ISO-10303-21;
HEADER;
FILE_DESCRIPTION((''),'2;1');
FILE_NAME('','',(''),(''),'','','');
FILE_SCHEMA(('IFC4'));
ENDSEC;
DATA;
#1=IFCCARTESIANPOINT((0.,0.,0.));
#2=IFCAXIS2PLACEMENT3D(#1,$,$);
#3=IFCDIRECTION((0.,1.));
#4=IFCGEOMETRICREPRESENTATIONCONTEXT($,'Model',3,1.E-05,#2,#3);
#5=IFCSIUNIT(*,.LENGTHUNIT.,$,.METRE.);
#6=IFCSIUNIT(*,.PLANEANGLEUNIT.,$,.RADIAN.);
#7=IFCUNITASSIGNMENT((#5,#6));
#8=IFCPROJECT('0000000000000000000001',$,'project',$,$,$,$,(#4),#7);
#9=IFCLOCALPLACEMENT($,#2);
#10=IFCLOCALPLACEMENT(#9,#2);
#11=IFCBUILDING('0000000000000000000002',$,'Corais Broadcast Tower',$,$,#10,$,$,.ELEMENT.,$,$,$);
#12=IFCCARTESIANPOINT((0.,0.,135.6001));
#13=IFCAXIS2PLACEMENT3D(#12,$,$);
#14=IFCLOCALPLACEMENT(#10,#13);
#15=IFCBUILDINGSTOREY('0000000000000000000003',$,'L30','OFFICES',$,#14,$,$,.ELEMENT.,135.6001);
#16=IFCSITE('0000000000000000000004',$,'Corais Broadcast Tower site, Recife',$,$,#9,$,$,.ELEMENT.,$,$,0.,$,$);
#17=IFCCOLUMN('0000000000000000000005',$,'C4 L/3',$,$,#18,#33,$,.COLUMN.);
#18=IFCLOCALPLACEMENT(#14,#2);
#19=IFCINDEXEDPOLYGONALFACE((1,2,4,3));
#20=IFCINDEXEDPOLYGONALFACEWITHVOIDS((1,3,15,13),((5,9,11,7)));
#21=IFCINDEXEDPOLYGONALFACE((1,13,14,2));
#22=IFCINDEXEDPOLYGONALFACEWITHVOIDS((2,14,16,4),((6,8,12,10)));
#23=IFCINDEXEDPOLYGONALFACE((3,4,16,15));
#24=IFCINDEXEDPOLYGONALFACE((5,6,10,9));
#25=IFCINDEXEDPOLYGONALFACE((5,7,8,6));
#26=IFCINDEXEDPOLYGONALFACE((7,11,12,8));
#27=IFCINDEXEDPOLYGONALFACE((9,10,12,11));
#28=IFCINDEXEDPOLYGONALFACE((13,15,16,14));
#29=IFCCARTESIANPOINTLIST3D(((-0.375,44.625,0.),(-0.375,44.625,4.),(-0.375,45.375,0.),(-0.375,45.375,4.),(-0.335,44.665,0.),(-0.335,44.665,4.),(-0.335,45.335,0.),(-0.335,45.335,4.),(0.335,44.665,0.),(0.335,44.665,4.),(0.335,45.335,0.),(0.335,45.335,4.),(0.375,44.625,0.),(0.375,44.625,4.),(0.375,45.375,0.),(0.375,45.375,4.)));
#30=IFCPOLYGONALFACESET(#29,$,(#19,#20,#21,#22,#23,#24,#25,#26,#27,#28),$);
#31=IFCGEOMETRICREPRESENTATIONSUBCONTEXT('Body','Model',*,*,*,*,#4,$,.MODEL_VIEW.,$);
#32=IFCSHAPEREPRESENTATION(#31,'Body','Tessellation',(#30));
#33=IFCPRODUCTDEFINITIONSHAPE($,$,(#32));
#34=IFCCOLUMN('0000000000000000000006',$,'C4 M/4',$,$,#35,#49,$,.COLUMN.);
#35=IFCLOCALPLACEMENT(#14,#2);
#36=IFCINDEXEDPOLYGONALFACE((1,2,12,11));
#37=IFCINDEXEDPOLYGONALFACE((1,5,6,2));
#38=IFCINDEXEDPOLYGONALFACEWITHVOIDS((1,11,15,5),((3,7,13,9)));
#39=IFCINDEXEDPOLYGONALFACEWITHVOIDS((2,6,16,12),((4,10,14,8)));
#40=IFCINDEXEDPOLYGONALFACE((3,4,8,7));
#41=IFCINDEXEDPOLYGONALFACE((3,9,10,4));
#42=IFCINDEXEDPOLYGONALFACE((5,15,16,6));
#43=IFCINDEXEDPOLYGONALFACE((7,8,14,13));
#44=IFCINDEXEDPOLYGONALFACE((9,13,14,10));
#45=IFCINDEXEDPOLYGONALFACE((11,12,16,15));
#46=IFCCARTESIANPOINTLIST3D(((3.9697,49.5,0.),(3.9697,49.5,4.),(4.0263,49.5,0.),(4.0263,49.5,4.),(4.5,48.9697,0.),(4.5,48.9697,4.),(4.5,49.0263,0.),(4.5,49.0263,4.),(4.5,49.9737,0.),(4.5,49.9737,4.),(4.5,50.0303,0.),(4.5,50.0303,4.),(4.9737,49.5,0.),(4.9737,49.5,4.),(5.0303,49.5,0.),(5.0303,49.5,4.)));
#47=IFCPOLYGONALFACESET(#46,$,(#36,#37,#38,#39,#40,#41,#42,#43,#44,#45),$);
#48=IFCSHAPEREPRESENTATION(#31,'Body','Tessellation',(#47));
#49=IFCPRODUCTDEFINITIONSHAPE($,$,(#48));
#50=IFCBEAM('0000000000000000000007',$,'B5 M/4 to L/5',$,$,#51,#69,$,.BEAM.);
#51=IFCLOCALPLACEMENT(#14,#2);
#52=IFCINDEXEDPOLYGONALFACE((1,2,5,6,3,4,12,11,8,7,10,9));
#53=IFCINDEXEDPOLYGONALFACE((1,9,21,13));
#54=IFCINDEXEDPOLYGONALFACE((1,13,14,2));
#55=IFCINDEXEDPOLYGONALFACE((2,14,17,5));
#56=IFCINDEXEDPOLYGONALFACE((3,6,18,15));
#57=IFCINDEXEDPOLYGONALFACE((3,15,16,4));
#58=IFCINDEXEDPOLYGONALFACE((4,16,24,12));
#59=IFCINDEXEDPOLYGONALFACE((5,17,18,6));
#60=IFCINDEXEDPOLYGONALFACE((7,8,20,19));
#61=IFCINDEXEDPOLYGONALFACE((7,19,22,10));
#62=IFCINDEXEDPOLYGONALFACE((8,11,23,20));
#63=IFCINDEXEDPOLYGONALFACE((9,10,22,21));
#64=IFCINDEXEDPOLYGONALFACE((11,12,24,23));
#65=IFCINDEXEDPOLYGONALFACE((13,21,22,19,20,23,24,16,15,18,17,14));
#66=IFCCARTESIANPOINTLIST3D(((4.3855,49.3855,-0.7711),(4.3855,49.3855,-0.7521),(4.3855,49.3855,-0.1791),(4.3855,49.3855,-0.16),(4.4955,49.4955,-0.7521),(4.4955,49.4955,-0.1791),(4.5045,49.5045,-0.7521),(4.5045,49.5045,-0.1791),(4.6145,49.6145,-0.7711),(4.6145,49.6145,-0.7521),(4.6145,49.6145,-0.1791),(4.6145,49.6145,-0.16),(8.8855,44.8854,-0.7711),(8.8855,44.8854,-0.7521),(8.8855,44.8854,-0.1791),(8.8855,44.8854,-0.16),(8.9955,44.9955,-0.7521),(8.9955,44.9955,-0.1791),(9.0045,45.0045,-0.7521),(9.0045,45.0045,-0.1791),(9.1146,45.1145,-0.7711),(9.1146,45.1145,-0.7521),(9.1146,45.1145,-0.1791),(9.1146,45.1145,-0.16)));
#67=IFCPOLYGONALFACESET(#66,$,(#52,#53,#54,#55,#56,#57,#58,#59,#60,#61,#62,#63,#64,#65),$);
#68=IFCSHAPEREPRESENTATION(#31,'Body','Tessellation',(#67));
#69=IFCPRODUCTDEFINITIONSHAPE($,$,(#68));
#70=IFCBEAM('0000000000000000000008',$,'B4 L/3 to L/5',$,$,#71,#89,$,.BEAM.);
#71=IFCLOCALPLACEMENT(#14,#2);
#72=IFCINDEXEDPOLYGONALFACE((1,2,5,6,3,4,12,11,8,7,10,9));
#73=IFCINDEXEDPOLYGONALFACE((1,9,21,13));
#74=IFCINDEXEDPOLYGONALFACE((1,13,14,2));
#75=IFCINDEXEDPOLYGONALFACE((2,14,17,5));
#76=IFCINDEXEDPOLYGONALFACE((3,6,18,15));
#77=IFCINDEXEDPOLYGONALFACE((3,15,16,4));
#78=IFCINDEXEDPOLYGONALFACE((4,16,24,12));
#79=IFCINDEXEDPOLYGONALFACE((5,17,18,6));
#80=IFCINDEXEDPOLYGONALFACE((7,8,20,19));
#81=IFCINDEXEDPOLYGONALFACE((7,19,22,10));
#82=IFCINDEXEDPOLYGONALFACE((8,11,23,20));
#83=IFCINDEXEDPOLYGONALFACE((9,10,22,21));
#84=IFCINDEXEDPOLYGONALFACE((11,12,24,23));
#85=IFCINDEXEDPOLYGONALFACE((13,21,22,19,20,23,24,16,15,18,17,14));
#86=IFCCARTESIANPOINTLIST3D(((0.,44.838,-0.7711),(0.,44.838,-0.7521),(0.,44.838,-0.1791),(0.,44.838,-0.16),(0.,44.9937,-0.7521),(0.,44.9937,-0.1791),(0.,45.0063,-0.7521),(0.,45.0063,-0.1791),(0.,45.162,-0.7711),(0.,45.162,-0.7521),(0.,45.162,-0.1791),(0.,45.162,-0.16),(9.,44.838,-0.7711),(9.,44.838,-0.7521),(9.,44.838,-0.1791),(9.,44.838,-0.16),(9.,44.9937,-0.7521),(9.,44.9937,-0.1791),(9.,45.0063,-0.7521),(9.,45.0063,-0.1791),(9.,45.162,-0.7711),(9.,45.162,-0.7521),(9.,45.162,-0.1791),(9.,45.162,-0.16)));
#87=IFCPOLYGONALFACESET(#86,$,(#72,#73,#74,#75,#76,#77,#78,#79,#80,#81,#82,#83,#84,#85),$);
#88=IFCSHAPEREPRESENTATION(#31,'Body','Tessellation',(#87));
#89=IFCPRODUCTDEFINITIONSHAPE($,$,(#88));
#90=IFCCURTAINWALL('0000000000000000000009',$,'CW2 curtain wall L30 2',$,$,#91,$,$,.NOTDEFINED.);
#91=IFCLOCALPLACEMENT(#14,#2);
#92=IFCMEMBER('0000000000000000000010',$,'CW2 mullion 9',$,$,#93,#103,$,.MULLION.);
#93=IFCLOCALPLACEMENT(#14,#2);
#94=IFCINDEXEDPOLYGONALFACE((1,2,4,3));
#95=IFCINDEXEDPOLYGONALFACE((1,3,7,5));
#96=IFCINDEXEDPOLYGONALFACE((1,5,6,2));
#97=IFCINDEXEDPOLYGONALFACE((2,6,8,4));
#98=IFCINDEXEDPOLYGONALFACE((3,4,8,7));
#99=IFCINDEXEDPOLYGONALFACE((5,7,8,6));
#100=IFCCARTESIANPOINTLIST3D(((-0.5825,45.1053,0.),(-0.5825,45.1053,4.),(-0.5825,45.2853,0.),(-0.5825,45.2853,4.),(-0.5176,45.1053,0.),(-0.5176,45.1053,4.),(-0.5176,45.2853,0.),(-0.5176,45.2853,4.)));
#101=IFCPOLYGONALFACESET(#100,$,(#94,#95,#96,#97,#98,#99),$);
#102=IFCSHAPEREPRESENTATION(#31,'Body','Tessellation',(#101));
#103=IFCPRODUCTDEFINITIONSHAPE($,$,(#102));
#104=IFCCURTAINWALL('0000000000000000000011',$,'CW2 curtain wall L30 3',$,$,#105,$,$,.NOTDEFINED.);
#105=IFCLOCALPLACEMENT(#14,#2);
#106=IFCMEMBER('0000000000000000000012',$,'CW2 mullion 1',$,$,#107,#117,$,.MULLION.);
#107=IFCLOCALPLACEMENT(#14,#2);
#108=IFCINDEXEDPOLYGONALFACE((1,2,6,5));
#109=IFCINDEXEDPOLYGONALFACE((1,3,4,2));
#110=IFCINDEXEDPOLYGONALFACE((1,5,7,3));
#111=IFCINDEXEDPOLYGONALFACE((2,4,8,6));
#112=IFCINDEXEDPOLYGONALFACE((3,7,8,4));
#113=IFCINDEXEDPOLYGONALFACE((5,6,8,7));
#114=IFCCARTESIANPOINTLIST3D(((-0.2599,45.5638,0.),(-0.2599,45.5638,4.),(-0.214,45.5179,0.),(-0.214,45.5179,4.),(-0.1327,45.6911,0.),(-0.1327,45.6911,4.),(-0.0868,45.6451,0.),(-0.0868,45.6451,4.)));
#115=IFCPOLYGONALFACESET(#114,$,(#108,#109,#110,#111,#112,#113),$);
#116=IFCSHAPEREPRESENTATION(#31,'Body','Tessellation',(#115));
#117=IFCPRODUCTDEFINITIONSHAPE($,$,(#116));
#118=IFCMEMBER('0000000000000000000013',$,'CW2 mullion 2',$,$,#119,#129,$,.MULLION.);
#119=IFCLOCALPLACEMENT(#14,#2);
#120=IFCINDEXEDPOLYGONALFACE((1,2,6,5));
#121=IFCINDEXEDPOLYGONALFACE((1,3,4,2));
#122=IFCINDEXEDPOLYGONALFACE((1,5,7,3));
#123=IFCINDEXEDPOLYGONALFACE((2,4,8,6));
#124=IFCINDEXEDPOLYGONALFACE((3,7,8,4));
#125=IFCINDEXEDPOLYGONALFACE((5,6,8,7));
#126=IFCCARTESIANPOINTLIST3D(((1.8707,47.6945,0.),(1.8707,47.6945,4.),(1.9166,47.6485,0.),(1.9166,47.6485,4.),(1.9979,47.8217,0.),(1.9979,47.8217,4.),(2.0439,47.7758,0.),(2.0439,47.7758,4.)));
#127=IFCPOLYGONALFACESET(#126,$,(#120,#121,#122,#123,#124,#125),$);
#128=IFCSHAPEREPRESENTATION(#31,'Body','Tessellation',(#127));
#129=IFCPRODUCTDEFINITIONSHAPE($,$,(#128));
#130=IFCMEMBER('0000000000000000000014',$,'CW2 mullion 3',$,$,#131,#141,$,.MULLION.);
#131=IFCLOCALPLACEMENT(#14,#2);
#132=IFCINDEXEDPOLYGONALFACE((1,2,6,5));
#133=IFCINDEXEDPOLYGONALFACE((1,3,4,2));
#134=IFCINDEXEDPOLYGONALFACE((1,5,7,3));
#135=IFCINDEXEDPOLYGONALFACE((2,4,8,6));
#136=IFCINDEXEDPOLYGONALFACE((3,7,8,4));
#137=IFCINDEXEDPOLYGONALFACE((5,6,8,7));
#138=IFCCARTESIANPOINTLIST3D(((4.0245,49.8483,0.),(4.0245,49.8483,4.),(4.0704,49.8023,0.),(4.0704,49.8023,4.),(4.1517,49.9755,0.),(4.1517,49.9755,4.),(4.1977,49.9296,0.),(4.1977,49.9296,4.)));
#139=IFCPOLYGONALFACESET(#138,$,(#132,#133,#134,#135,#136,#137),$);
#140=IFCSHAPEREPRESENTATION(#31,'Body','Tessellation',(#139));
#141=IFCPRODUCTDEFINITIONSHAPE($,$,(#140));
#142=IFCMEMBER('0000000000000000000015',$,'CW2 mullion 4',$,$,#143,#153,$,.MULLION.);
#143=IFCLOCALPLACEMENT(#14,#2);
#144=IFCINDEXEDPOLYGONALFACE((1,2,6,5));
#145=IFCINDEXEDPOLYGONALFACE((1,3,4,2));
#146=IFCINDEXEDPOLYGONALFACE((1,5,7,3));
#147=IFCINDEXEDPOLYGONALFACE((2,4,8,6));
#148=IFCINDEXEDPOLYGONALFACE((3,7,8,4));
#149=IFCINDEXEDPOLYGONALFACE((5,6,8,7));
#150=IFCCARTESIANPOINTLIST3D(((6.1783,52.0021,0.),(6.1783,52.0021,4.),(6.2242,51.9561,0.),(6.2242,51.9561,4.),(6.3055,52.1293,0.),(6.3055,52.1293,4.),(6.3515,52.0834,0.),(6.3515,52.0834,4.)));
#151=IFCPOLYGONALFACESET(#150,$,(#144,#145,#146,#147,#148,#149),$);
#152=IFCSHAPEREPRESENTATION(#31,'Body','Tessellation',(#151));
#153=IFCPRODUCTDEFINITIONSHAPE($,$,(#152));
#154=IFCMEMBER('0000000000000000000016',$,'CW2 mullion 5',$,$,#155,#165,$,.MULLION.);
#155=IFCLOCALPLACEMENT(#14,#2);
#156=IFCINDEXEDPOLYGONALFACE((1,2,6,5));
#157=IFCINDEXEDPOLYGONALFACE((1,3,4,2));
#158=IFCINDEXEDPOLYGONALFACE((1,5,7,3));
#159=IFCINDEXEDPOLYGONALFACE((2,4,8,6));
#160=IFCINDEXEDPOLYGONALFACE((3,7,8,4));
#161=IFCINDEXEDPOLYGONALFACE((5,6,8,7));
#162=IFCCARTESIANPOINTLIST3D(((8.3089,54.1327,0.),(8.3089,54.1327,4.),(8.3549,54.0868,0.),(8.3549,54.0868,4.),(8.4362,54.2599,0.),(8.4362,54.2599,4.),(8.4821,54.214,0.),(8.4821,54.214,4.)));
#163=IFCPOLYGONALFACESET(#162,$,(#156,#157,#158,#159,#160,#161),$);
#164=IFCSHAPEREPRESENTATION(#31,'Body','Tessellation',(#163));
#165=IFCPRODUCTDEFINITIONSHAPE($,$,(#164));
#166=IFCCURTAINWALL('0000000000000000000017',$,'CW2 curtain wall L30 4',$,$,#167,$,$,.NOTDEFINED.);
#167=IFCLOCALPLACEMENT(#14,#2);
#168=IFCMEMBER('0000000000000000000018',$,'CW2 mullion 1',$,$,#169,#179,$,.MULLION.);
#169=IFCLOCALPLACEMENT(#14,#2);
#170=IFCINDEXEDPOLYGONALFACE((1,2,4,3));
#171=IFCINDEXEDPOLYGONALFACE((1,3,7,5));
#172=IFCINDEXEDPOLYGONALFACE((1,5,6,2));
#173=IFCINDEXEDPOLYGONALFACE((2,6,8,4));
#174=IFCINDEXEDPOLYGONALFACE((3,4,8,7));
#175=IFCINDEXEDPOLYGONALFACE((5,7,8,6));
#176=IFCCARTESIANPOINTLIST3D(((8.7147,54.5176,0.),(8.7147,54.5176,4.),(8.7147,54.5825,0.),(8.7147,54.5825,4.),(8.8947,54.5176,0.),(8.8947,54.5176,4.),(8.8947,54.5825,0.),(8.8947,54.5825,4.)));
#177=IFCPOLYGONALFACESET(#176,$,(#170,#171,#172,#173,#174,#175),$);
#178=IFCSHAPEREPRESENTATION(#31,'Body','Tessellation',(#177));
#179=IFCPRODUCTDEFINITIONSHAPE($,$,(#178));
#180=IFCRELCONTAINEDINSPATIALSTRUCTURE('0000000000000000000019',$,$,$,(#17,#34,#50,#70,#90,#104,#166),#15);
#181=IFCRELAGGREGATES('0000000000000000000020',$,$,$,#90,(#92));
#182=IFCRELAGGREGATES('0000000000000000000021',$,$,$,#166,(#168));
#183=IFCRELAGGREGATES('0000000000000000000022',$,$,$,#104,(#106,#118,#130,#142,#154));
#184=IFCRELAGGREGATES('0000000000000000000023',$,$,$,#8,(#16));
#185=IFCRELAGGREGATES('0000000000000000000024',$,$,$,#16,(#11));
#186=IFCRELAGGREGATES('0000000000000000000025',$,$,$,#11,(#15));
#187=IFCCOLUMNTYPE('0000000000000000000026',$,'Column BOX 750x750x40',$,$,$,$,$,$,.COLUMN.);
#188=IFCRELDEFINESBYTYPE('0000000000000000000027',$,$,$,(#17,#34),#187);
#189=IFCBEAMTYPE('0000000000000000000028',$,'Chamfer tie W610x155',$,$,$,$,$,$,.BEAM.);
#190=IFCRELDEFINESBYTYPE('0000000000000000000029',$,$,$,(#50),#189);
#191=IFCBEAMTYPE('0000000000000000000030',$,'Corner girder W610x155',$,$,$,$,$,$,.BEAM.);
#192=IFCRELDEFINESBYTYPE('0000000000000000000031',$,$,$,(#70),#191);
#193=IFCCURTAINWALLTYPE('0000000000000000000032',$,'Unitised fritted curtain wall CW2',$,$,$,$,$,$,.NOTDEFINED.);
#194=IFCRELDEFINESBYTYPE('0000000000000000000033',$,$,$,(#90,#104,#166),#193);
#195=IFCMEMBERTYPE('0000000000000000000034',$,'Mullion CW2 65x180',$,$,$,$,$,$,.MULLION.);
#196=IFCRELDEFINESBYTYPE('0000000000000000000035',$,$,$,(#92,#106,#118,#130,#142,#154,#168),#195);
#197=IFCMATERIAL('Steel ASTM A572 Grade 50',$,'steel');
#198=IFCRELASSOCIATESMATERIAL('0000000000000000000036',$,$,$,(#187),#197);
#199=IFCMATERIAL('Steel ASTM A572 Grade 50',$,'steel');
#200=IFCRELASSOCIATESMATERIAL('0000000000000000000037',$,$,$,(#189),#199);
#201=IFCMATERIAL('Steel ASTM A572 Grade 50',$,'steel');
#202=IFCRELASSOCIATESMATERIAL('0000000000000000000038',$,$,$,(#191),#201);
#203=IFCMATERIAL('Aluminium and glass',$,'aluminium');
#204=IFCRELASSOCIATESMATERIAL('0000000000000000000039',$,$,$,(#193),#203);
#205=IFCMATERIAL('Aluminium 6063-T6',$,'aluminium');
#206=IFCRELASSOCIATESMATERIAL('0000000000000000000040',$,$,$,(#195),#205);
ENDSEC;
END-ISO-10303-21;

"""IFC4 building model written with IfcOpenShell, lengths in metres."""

from ifc_helpers import new_model, si_unit, direction, frame, origin, origin_2d, place, context, subcontext, project, spatial, rectangle, hollow_rectangle, i_section, extrude, material, material_profile, profile_set, type_object, element, aggregate, save


model = new_model("IFC4")

# Units and contexts
model_context = context("Model", 3, precision=1e-05, world=origin(), true_north=direction((0.0, 1.0)))
body_context = subcontext(model_context, "Body", "Model", "MODEL_VIEW")
ifc_project = project(units=[si_unit("LENGTHUNIT", "METRE"), si_unit("PLANEANGLEUNIT", "RADIAN")], contexts=[model_context])

# Site, building, storey
site_placement = place(None, origin())
site = spatial("IfcSite", under=ifc_project, at=site_placement, Name="Corais Broadcast Tower site, Recife", CompositionType="ELEMENT", RefElevation=0.0)
building_placement = place(site_placement, origin())
building = spatial("IfcBuilding", under=site, at=building_placement, Name="Corais Broadcast Tower", CompositionType="ELEMENT")
storey_placement = place(building_placement, frame((0.0, 0.0, 135.6001)))
storey = spatial("IfcBuildingStorey", under=building, at=storey_placement, Name="L30", Description="OFFICES", CompositionType="ELEMENT", Elevation=135.6001)

# Columns
ifc_material_1 = material(Name="Steel ASTM A572 Grade 50", Category="steel")
ifc_material_profile_1 = material_profile(ifc_material_1, hollow_rectangle(XDim=0.75, YDim=0.75, WallThickness=0.04, at=origin_2d()), Name="BOX 750x750x40")
ifc_profile_set_1 = profile_set([ifc_material_profile_1], Name="Steel ASTM A572 Grade 50")
column_type = type_object("IfcColumnType", Name="Column BOX 750x750x40", PredefinedType="COLUMN", material=ifc_profile_set_1)
for number, where, z_axis, x_axis, name in (
    (1, (0.0, 45.0, 0.0), (0.0, 0.0, 1.0), (1.0, 0.0, 0.0), "C4 L/3"),
    (2, (4.5, 49.5, 0.0), (0.0, 0.0, 1.0), (0.707107, 0.707107, 0.0), "C4 M/4"),
):
    element("IfcColumn", number, at=place(storey_placement, frame(where, z_axis=z_axis, x_axis=x_axis)), inside=storey, type_object=column_type, Name=name, PredefinedType="COLUMN", context=body_context, shape_type="SweptSolid", body=[
        extrude(hollow_rectangle(XDim=0.75, YDim=0.75, WallThickness=0.04, at=origin_2d()), origin(), (0.0, 0.0, 1.0), 4.0),
    ])

# Beams
ifc_material_2 = material(Name="Steel ASTM A572 Grade 50", Category="steel")
ifc_material_profile_2 = material_profile(ifc_material_2, i_section(OverallWidth=0.324, OverallDepth=0.6111, WebThickness=0.0127, FlangeThickness=0.019, at=origin_2d()), Name="W610x155")
ifc_profile_set_2 = profile_set([ifc_material_profile_2], Name="Steel ASTM A572 Grade 50")
beam_type_1 = type_object("IfcBeamType", Name="Chamfer tie W610x155", PredefinedType="BEAM", material=ifc_profile_set_2)
beam_1_placement = place(storey_placement, frame((4.5, 49.5, -0.4656), z_axis=(0.707107, -0.707107, 0.0), x_axis=(0.707107, 0.707107, 0.0)))
element("IfcBeam", 3, at=beam_1_placement, inside=storey, type_object=beam_type_1, Name="B5 M/4 to L/5", PredefinedType="BEAM", context=body_context, shape_type="SweptSolid", body=[
    extrude(i_section(OverallWidth=0.324, OverallDepth=0.6111, WebThickness=0.0127, FlangeThickness=0.019, at=origin_2d()), origin(), (0.0, 0.0, 1.0), 6.364),
])
ifc_material_3 = material(Name="Steel ASTM A572 Grade 50", Category="steel")
ifc_material_profile_3 = material_profile(ifc_material_3, i_section(OverallWidth=0.324, OverallDepth=0.6111, WebThickness=0.0127, FlangeThickness=0.019, at=origin_2d()), Name="W610x155")
ifc_profile_set_3 = profile_set([ifc_material_profile_3], Name="Steel ASTM A572 Grade 50")
beam_type_2 = type_object("IfcBeamType", Name="Corner girder W610x155", PredefinedType="BEAM", material=ifc_profile_set_3)
beam_2_placement = place(storey_placement, frame((0.0, 45.0, -0.4656), z_axis=(1.0, 0.0, 0.0), x_axis=(0.0, 1.0, 0.0)))
element("IfcBeam", 4, at=beam_2_placement, inside=storey, type_object=beam_type_2, Name="B4 L/3 to L/5", PredefinedType="BEAM", context=body_context, shape_type="SweptSolid", body=[
    extrude(i_section(OverallWidth=0.324, OverallDepth=0.6111, WebThickness=0.0127, FlangeThickness=0.019, at=origin_2d()), origin(), (0.0, 0.0, 1.0), 9.0),
])

# Curtain wall, member
ifc_material_4 = material(Name="Aluminium and glass", Category="aluminium")
curtain_wall_type = type_object("IfcCurtainWallType", Name="Unitised fritted curtain wall CW2", PredefinedType="NOTDEFINED", material=ifc_material_4)
curtain_wall_1_placement = place(storey_placement, origin())
curtain_wall_1 = element("IfcCurtainWall", 5, at=curtain_wall_1_placement, inside=storey, type_object=curtain_wall_type, Name="CW2 curtain wall L30 2", PredefinedType="NOTDEFINED")
ifc_material_5 = material(Name="Aluminium 6063-T6", Category="aluminium")
ifc_material_profile_4 = material_profile(ifc_material_5, rectangle(XDim=0.0649, YDim=0.1799, at=origin_2d()), Name="Mullion CW2 65x180")
ifc_profile_set_4 = profile_set([ifc_material_profile_4], Name="Aluminium 6063-T6")
member_type_1 = type_object("IfcMemberType", Name="Mullion CW2 65x180", PredefinedType="MULLION", material=ifc_profile_set_4)
member_1_placement = place(storey_placement, frame((-0.55, 45.1953, 0.0), z_axis=(0.0, 0.0, 1.0), x_axis=(-1.0, 0.0, 0.0)))
member_1 = element("IfcMember", 6, at=member_1_placement, type_object=member_type_1, Name="CW2 mullion 9", PredefinedType="MULLION", context=body_context, shape_type="SweptSolid", body=[
    extrude(rectangle(XDim=0.0649, YDim=0.1799, at=origin_2d()), origin(), (0.0, 0.0, 1.0), 4.0),
])
aggregate(curtain_wall_1, [member_1])

# Curtain wall, members
curtain_wall_2_placement = place(storey_placement, origin())
curtain_wall_2 = element("IfcCurtainWall", 7, at=curtain_wall_2_placement, inside=storey, type_object=curtain_wall_type, Name="CW2 curtain wall L30 3", PredefinedType="NOTDEFINED")
member_2_placement = place(storey_placement, frame((-0.1733, 45.6045, 0.0), z_axis=(0.0, 0.0, 1.0), x_axis=(-0.707107, 0.707107, 0.0)))
member_2 = element("IfcMember", 8, at=member_2_placement, type_object=member_type_1, Name="CW2 mullion 1", PredefinedType="MULLION", context=body_context, shape_type="SweptSolid", body=[
    extrude(rectangle(XDim=0.0649, YDim=0.1799, at=origin_2d()), origin(), (0.0, 0.0, 1.0), 4.0),
])
member_3_placement = place(storey_placement, frame((1.9573, 47.7351, 0.0), z_axis=(0.0, 0.0, 1.0), x_axis=(-0.707107, 0.707107, 0.0)))
member_3 = element("IfcMember", 9, at=member_3_placement, type_object=member_type_1, Name="CW2 mullion 2", PredefinedType="MULLION", context=body_context, shape_type="SweptSolid", body=[
    extrude(rectangle(XDim=0.0649, YDim=0.1799, at=origin_2d()), origin(), (0.0, 0.0, 1.0), 4.0),
])
member_4_placement = place(storey_placement, frame((4.1111, 49.8889, 0.0), z_axis=(0.0, 0.0, 1.0), x_axis=(-0.707107, 0.707107, 0.0)))
member_4 = element("IfcMember", 10, at=member_4_placement, type_object=member_type_1, Name="CW2 mullion 3", PredefinedType="MULLION", context=body_context, shape_type="SweptSolid", body=[
    extrude(rectangle(XDim=0.0649, YDim=0.1799, at=origin_2d()), origin(), (0.0, 0.0, 1.0), 4.0),
])
member_5_placement = place(storey_placement, frame((6.2649, 52.0427, 0.0), z_axis=(0.0, 0.0, 1.0), x_axis=(-0.707107, 0.707107, 0.0)))
member_5 = element("IfcMember", 11, at=member_5_placement, type_object=member_type_1, Name="CW2 mullion 4", PredefinedType="MULLION", context=body_context, shape_type="SweptSolid", body=[
    extrude(rectangle(XDim=0.0649, YDim=0.1799, at=origin_2d()), origin(), (0.0, 0.0, 1.0), 4.0),
])
member_6_placement = place(storey_placement, frame((8.3955, 54.1733, 0.0), z_axis=(0.0, 0.0, 1.0), x_axis=(-0.707107, 0.707107, 0.0)))
member_6 = element("IfcMember", 12, at=member_6_placement, type_object=member_type_1, Name="CW2 mullion 5", PredefinedType="MULLION", context=body_context, shape_type="SweptSolid", body=[
    extrude(rectangle(XDim=0.0649, YDim=0.1799, at=origin_2d()), origin(), (0.0, 0.0, 1.0), 4.0),
])

# Curtain wall, member
curtain_wall_3_placement = place(storey_placement, origin())
curtain_wall_3 = element("IfcCurtainWall", 13, at=curtain_wall_3_placement, inside=storey, type_object=curtain_wall_type, Name="CW2 curtain wall L30 4", PredefinedType="NOTDEFINED")
member_7_placement = place(storey_placement, frame((8.8047, 54.55, 0.0), z_axis=(0.0, 0.0, 1.0), x_axis=(0.0, 1.0, 0.0)))
member_7 = element("IfcMember", 14, at=member_7_placement, type_object=member_type_1, Name="CW2 mullion 1", PredefinedType="MULLION", context=body_context, shape_type="SweptSolid", body=[
    extrude(rectangle(XDim=0.0649, YDim=0.1799, at=origin_2d()), origin(), (0.0, 0.0, 1.0), 4.0),
])

aggregate(curtain_wall_3, [member_7])

aggregate(curtain_wall_2, [member_2, member_3, member_4, member_5, member_6])

save(model, "model.ifc")
